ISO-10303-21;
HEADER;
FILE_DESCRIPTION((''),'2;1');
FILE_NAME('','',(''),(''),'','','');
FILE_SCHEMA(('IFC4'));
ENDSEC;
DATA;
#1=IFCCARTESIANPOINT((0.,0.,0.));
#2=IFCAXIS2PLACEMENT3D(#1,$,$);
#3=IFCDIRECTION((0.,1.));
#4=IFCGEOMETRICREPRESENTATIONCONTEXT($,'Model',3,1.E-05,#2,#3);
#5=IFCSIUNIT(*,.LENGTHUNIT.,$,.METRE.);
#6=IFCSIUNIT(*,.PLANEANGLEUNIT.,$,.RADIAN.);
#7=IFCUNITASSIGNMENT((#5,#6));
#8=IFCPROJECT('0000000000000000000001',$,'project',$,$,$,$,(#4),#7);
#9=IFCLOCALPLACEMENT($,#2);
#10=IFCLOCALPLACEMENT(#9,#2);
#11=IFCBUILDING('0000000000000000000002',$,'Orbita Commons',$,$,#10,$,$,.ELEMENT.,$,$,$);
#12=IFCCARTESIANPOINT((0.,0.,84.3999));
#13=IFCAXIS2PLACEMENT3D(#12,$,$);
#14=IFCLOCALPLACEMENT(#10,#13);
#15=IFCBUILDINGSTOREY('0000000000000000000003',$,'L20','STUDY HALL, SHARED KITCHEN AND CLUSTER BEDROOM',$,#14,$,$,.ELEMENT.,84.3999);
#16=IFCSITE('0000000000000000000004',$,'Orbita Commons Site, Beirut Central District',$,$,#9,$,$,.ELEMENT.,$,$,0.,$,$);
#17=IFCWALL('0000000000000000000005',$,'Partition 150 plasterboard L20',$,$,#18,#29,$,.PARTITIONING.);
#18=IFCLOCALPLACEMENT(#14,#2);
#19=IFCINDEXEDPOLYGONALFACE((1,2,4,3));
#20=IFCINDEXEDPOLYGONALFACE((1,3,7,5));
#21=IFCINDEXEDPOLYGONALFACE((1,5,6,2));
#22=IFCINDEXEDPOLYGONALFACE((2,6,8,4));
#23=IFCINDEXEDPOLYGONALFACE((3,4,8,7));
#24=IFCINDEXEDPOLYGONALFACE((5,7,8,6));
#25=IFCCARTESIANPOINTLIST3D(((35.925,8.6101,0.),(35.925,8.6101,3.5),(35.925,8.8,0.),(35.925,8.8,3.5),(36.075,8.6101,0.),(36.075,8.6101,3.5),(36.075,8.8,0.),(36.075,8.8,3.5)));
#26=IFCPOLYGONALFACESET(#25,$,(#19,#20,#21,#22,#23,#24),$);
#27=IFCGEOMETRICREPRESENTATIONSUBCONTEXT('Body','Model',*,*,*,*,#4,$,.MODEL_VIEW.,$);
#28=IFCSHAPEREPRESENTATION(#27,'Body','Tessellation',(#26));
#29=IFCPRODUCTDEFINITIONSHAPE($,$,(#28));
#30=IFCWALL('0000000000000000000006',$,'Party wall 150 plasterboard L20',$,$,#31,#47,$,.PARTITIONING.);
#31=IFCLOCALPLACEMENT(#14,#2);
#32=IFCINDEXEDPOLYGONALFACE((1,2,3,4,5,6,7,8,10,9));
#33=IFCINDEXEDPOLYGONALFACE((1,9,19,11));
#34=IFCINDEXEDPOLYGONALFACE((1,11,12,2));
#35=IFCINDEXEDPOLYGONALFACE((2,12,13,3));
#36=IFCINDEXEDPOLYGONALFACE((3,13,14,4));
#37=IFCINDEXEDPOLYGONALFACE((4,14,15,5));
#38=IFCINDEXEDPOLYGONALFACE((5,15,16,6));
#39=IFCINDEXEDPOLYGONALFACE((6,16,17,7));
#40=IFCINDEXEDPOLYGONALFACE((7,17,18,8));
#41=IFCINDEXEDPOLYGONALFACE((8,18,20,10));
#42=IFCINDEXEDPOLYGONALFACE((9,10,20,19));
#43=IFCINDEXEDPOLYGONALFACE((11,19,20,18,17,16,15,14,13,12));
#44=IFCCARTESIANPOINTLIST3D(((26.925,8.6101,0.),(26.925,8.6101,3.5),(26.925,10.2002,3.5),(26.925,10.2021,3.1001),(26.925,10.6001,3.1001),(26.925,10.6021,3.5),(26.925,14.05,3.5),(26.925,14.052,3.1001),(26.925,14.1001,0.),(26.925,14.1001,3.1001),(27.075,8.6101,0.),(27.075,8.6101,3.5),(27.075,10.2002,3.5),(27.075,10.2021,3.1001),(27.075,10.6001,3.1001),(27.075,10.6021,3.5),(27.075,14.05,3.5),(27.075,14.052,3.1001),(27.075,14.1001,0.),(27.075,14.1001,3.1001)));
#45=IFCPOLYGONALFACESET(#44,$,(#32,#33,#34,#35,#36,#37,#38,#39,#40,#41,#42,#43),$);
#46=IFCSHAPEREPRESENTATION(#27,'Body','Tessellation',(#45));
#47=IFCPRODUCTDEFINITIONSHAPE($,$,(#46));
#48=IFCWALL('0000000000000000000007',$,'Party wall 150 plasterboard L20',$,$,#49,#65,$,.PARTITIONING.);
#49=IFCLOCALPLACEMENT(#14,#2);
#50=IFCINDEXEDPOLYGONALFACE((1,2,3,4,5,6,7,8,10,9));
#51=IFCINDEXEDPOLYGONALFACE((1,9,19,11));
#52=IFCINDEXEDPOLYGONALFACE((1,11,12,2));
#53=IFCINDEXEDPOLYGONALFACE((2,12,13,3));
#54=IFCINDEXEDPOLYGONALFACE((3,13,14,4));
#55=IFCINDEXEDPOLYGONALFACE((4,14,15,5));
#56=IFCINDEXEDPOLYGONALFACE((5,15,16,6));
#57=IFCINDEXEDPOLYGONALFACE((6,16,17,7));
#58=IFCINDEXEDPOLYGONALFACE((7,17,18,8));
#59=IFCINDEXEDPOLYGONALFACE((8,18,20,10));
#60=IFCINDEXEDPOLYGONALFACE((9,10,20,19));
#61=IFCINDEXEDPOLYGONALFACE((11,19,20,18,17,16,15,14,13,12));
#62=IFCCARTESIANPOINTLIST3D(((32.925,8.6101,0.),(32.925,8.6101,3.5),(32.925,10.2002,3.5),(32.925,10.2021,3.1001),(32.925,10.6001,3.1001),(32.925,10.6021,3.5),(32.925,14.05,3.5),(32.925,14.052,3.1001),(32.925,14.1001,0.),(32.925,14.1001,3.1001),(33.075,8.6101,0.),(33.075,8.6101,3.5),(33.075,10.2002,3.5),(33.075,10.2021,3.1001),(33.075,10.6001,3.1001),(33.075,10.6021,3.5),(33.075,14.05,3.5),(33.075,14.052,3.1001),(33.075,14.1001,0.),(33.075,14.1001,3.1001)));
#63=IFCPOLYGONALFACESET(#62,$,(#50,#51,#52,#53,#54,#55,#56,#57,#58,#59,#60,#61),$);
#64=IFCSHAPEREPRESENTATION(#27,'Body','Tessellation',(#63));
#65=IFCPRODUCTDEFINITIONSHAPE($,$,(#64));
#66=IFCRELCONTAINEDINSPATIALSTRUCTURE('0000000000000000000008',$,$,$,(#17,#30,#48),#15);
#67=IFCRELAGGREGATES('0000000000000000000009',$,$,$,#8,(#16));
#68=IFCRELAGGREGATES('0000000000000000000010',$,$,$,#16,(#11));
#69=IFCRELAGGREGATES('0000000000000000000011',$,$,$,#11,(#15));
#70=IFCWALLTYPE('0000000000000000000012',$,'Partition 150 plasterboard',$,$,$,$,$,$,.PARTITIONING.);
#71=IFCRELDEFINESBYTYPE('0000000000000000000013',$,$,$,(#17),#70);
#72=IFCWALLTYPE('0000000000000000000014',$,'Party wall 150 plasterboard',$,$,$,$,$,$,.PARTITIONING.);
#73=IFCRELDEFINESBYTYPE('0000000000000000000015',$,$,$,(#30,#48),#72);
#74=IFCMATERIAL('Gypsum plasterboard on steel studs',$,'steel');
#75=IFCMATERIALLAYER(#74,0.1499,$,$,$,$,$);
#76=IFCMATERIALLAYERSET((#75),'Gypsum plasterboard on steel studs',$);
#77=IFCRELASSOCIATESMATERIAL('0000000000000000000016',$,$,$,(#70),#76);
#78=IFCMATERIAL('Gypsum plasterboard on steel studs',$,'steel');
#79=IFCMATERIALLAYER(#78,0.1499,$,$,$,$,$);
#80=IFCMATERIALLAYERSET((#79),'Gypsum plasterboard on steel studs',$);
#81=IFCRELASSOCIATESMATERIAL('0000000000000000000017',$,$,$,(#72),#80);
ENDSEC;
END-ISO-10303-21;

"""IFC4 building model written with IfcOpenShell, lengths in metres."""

from ifc_helpers import new_model, si_unit, direction, frame, frame_2d, origin, place, context, subcontext, project, spatial, polyline, rectangle, outline, extrude, material, layer, layer_set, type_object, element, save


model = new_model("IFC4")

# Units and contexts
model_context = context("Model", 3, precision=1e-05, world=origin(), true_north=direction((0.0, 1.0)))
body_context = subcontext(model_context, "Body", "Model", "MODEL_VIEW")
ifc_project = project(units=[si_unit("LENGTHUNIT", "METRE"), si_unit("PLANEANGLEUNIT", "RADIAN")], contexts=[model_context])

# Site, building, storey
site_placement = place(None, origin())
site = spatial("IfcSite", under=ifc_project, at=site_placement, Name="Orbita Commons Site, Beirut Central District", CompositionType="ELEMENT", RefElevation=0.0)
building_placement = place(site_placement, origin())
building = spatial("IfcBuilding", under=site, at=building_placement, Name="Orbita Commons", CompositionType="ELEMENT")
storey_placement = place(building_placement, frame((0.0, 0.0, 84.3999)))
storey = spatial("IfcBuildingStorey", under=building, at=storey_placement, Name="L20", Description="STUDY HALL, SHARED KITCHEN AND CLUSTER BEDROOM", CompositionType="ELEMENT", Elevation=84.3999)

# Walls
ifc_material_1 = material(Name="Gypsum plasterboard on steel studs", Category="steel")
ifc_layer_1 = layer(ifc_material_1, 0.1499)
ifc_layer_set_1 = layer_set([ifc_layer_1], Name="Gypsum plasterboard on steel studs")
wall_type_1 = type_object("IfcWallType", Name="Partition 150 plasterboard", PredefinedType="PARTITIONING", material=ifc_layer_set_1)
for number, where, z_axis, x_axis, name in (
    (1, (36.0, 8.8, 0.0), (0.0, 0.0, 1.0), (0.0, -1.0, 0.0), "Partition 150 plasterboard L20"),
):
    element("IfcWall", number, at=place(storey_placement, frame(where, z_axis=z_axis, x_axis=x_axis)), inside=storey, type_object=wall_type_1, Name=name, PredefinedType="PARTITIONING", context=body_context, shape_type="SweptSolid", body=[
        extrude(rectangle(XDim=0.1899, YDim=0.1499, at=frame_2d((0.095, 0.0))), origin(), (0.0, 0.0, 1.0), 3.5),
    ])
ifc_material_2 = material(Name="Gypsum plasterboard on steel studs", Category="steel")
ifc_layer_2 = layer(ifc_material_2, 0.1499)
ifc_layer_set_2 = layer_set([ifc_layer_2], Name="Gypsum plasterboard on steel studs")
wall_type_2 = type_object("IfcWallType", Name="Party wall 150 plasterboard", PredefinedType="PARTITIONING", material=ifc_layer_set_2)
for number, where, z_axis, x_axis, name in (
    (2, (27.0, 8.6101, 0.0), (0.0, 0.0, 1.0), (0.0, 1.0, 0.0), "Party wall 150 plasterboard L20"),
    (3, (33.0, 8.6101, 0.0), (0.0, 0.0, 1.0), (0.0, 1.0, 0.0), "Party wall 150 plasterboard L20"),
):
    element("IfcWall", number, at=place(storey_placement, frame(where, z_axis=z_axis, x_axis=x_axis)), inside=storey, type_object=wall_type_2, Name=name, PredefinedType="PARTITIONING", context=body_context, shape_type="SweptSolid", body=[
        extrude(outline(polyline([(0.0, 0.0), (5.49, 0.0), (5.49, 3.1001), (5.4419, 3.1001), (5.4399, 3.5), (1.9919, 3.5), (1.99, 3.1001), (1.592, 3.1001), (1.5901, 3.5), (0.0, 3.5), (0.0, 0.0)])), frame((0.0, 0.075, 0.0), z_axis=(0.0, -1.0, 0.0), x_axis=(1.0, 0.0, 0.0)), (0.0, 0.0, 1.0), 0.1499),
    ])

save(model, "model.ifc")
